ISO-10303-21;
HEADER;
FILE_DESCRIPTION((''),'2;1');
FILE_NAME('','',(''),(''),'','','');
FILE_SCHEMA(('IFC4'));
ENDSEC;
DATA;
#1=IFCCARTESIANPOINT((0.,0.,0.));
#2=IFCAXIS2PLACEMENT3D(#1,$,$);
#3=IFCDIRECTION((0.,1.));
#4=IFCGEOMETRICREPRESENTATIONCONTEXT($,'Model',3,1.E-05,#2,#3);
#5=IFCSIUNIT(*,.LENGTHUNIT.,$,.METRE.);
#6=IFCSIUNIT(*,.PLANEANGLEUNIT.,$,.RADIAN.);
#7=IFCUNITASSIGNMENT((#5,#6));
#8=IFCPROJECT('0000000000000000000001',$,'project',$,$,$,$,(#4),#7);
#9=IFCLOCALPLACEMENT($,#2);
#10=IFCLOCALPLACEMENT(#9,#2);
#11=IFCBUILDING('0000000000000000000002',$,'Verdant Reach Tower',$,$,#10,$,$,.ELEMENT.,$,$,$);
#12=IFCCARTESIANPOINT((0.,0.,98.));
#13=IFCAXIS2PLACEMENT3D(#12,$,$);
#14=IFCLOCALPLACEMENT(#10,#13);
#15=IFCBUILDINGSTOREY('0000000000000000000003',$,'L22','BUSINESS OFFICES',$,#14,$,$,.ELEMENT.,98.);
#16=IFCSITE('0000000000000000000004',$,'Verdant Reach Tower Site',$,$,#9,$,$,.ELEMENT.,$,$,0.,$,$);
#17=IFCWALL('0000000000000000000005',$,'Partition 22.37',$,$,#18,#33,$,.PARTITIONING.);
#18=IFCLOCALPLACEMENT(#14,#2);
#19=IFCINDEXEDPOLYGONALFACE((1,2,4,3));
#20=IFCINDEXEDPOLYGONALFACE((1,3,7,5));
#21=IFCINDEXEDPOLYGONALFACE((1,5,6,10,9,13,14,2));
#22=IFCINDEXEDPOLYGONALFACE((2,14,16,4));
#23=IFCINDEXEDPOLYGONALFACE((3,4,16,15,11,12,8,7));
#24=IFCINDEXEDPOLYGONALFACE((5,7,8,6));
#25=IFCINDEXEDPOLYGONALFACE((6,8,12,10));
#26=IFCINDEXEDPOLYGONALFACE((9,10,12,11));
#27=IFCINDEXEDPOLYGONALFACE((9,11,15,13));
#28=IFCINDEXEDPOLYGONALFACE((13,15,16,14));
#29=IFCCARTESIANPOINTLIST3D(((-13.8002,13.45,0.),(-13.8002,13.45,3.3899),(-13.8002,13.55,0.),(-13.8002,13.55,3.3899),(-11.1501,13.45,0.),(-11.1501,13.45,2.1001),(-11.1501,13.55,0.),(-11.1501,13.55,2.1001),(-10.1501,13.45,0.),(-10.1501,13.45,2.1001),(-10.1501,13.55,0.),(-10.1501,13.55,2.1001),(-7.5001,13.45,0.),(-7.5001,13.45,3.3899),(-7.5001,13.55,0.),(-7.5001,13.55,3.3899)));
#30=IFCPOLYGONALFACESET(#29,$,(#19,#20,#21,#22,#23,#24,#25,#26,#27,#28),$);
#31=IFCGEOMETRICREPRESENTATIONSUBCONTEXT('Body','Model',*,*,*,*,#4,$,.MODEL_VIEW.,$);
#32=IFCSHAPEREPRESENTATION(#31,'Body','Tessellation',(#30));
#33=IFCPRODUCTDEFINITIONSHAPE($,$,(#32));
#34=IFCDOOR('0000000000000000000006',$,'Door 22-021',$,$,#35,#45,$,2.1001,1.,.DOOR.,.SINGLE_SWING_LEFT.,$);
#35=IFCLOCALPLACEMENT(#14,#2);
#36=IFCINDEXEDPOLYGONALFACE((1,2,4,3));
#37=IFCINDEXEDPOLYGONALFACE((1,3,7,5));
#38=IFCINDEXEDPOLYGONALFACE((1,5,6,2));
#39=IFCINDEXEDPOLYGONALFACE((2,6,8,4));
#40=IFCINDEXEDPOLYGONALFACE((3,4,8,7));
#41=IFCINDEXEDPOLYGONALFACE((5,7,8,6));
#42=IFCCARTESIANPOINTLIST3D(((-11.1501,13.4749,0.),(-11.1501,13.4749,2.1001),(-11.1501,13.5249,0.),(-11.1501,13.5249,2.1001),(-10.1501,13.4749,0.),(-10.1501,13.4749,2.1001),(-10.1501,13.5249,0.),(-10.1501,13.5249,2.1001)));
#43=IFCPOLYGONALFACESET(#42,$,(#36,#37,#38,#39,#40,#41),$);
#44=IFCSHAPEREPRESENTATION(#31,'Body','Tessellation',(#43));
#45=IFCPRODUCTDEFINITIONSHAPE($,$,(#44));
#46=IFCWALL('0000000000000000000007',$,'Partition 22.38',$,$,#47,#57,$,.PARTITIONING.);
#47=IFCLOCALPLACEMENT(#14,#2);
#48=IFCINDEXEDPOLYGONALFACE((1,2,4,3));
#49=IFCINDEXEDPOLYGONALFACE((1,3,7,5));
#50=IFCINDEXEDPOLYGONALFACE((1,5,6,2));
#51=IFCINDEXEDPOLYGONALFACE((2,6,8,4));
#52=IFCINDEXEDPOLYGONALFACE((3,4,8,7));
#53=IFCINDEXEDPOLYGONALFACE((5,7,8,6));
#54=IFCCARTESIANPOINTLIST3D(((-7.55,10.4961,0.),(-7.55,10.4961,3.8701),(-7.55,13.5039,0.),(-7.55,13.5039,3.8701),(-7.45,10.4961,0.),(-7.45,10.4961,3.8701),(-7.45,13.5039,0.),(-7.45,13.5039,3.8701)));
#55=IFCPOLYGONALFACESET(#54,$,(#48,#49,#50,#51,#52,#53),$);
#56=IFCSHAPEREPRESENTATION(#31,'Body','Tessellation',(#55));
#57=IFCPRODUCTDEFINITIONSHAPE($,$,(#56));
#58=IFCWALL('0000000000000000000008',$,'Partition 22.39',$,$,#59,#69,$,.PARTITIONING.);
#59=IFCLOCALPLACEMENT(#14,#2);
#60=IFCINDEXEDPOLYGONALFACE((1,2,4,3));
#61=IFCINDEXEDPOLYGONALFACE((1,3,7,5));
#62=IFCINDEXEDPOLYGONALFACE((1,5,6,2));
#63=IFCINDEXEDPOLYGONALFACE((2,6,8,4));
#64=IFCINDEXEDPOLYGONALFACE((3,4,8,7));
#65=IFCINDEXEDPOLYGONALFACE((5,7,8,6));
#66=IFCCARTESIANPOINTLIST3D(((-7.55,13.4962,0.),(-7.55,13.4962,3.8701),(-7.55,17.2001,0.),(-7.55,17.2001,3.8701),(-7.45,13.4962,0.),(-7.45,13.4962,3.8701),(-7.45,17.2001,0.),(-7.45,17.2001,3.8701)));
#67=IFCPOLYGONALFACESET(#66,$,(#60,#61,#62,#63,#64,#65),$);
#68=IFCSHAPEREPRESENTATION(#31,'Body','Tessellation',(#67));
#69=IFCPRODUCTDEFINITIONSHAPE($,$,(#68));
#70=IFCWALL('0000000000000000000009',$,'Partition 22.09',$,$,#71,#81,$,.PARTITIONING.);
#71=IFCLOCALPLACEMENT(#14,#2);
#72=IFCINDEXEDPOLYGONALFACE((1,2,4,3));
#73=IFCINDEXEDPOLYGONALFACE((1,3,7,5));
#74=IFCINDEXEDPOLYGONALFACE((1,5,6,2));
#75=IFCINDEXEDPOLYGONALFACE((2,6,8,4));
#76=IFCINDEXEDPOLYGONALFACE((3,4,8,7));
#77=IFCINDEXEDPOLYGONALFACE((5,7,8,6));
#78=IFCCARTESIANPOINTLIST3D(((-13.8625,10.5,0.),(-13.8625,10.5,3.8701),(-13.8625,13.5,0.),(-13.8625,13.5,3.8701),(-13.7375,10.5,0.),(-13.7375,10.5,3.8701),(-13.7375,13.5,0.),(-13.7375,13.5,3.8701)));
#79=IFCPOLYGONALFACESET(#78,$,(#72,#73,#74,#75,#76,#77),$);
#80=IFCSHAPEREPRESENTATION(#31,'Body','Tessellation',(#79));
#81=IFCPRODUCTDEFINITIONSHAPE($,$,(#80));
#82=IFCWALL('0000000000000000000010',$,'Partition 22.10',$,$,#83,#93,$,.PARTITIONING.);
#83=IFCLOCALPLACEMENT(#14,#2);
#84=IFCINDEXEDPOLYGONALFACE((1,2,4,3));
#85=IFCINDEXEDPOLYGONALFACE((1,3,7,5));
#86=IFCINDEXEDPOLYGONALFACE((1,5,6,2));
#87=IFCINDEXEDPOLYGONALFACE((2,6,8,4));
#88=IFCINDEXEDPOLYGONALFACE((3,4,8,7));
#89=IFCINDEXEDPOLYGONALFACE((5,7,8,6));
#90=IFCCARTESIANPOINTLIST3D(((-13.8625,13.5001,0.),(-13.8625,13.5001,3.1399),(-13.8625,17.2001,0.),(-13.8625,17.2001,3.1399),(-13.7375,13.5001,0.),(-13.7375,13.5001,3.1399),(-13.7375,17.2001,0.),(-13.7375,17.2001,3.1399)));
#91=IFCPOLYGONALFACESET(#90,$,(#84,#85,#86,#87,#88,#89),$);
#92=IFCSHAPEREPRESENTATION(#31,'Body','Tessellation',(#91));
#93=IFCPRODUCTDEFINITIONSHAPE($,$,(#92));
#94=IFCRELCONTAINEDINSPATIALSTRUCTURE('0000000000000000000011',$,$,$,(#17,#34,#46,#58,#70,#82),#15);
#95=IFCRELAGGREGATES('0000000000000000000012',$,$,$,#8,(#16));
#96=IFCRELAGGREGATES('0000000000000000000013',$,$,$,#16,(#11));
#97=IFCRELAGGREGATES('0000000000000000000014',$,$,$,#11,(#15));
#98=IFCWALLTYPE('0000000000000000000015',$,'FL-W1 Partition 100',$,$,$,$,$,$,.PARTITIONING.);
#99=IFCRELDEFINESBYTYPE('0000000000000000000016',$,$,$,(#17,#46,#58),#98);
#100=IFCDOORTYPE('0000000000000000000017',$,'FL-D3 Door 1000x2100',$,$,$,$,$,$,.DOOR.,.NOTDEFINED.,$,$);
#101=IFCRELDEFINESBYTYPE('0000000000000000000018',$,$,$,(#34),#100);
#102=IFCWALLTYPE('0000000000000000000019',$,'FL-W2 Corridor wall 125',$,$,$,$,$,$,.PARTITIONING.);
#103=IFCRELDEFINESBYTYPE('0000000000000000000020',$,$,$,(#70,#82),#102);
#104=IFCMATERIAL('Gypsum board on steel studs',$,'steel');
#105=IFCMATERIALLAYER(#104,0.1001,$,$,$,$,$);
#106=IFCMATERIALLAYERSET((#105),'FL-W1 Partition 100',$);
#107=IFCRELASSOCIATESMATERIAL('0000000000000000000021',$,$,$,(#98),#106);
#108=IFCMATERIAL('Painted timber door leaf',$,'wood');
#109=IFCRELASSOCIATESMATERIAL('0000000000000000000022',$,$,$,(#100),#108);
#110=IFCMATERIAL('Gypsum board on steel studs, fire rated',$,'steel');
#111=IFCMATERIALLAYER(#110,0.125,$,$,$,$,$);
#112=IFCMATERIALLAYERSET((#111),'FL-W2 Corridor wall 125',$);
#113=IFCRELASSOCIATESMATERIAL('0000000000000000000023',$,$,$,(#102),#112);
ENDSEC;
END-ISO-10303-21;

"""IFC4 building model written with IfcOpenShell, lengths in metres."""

from ifc_helpers import new_model, si_unit, direction, frame, frame_2d, origin, place, context, subcontext, project, spatial, rectangle, extrude, material, layer, layer_set, type_object, element, fill, save


model = new_model("IFC4")

# Units and contexts
model_context = context("Model", 3, precision=1e-05, world=origin(), true_north=direction((0.0, 1.0)))
body_context = subcontext(model_context, "Body", "Model", "MODEL_VIEW")
ifc_project = project(units=[si_unit("LENGTHUNIT", "METRE"), si_unit("PLANEANGLEUNIT", "RADIAN")], contexts=[model_context])

# Site, building, storey
site_placement = place(None, origin())
site = spatial("IfcSite", under=ifc_project, at=site_placement, Name="Verdant Reach Tower Site", CompositionType="ELEMENT", RefElevation=0.0)
building_placement = place(site_placement, origin())
building = spatial("IfcBuilding", under=site, at=building_placement, Name="Verdant Reach Tower", CompositionType="ELEMENT")
storey_placement = place(building_placement, frame((0.0, 0.0, 98.0)))
storey = spatial("IfcBuildingStorey", under=building, at=storey_placement, Name="L22", Description="BUSINESS OFFICES", CompositionType="ELEMENT", Elevation=98.0)

# Wall, opening, door
ifc_material_1 = material(Name="Gypsum board on steel studs", Category="steel")
ifc_layer_1 = layer(ifc_material_1, 0.1001)
ifc_layer_set_1 = layer_set([ifc_layer_1], Name="FL-W1 Partition 100")
wall_type_1 = type_object("IfcWallType", Name="FL-W1 Partition 100", PredefinedType="PARTITIONING", material=ifc_layer_set_1)
ifc_material_2 = material(Name="Painted timber door leaf", Category="wood")
door_type = type_object("IfcDoorType", Name="FL-D3 Door 1000x2100", OperationType="NOTDEFINED", PredefinedType="DOOR", material=ifc_material_2)
wall_1_placement = place(storey_placement, frame((-13.8, 13.5, 0.0), z_axis=(0.0, 0.0, 1.0), x_axis=(1.0, 0.0, 0.0)))
wall_1 = element("IfcWall", 1, at=wall_1_placement, inside=storey, type_object=wall_type_1, Name="Partition 22.37", PredefinedType="PARTITIONING", context=body_context, shape_type="SweptSolid", body=[
    extrude(rectangle(XDim=6.3, YDim=0.1001, at=frame_2d((3.1499, 0.0))), origin(), (0.0, 0.0, 1.0), 3.3899),
])
opening_1_placement = place(wall_1_placement, frame((2.6499, 0.0, 0.0)))
opening_1 = element("IfcOpeningElement", 2, at=opening_1_placement, cuts=wall_1, PredefinedType="OPENING", context=body_context, shape_type="SweptSolid", body=[
    extrude(rectangle(XDim=1.0, YDim=2.1001, at=frame_2d((0.5, 1.05))), frame((0.0, 0.0601, 0.0), z_axis=(0.0, -1.0, 0.0), x_axis=(1.0, 0.0, 0.0)), (0.0, 0.0, 1.0), 0.1201),
])
door_1_placement = place(opening_1_placement, origin())
door_1 = element("IfcDoor", 3, at=door_1_placement, inside=storey, type_object=door_type, Name="Door 22-021", OperationType="SINGLE_SWING_LEFT", OverallHeight=2.1001, OverallWidth=1.0, PredefinedType="DOOR", context=body_context, shape_type="SweptSolid", body=[
    extrude(rectangle(XDim=1.0, YDim=2.1001, at=frame_2d((0.5, 1.05))), frame((0.0, 0.0249, 0.0), z_axis=(0.0, -1.0, 0.0), x_axis=(1.0, 0.0, 0.0)), (0.0, 0.0, 1.0), 0.05),
])
fill(opening_1, door_1)

# Walls
wall_2_placement = place(storey_placement, frame((-7.5, 10.4961, 0.0), z_axis=(0.0, 0.0, 1.0), x_axis=(0.0, 1.0, 0.0)))
element("IfcWall", 4, at=wall_2_placement, inside=storey, type_object=wall_type_1, Name="Partition 22.38", PredefinedType="PARTITIONING", context=body_context, shape_type="SweptSolid", body=[
    extrude(rectangle(XDim=3.0078, YDim=0.1001, at=frame_2d((1.5039, 0.0))), origin(), (0.0, 0.0, 1.0), 3.8701),
])
wall_3_placement = place(storey_placement, frame((-7.5, 13.4961, 0.0), z_axis=(0.0, 0.0, 1.0), x_axis=(0.0, 1.0, 0.0)))
element("IfcWall", 5, at=wall_3_placement, inside=storey, type_object=wall_type_1, Name="Partition 22.39", PredefinedType="PARTITIONING", context=body_context, shape_type="SweptSolid", body=[
    extrude(rectangle(XDim=3.7039, YDim=0.1001, at=frame_2d((1.8521, 0.0))), origin(), (0.0, 0.0, 1.0), 3.8701),
])
ifc_material_3 = material(Name="Gypsum board on steel studs, fire rated", Category="steel")
ifc_layer_2 = layer(ifc_material_3, 0.125)
ifc_layer_set_2 = layer_set([ifc_layer_2], Name="FL-W2 Corridor wall 125")
wall_type_2 = type_object("IfcWallType", Name="FL-W2 Corridor wall 125", PredefinedType="PARTITIONING", material=ifc_layer_set_2)
wall_4_placement = place(storey_placement, frame((-13.8, 10.5, 0.0), z_axis=(0.0, 0.0, 1.0), x_axis=(0.0, 1.0, 0.0)))
element("IfcWall", 6, at=wall_4_placement, inside=storey, type_object=wall_type_2, Name="Partition 22.09", PredefinedType="PARTITIONING", context=body_context, shape_type="SweptSolid", body=[
    extrude(rectangle(XDim=3.0, YDim=0.125, at=frame_2d((1.5, 0.0))), origin(), (0.0, 0.0, 1.0), 3.8701),
])
wall_5_placement = place(storey_placement, frame((-13.8, 13.5, 0.0), z_axis=(0.0, 0.0, 1.0), x_axis=(0.0, 1.0, 0.0)))
element("IfcWall", 7, at=wall_5_placement, inside=storey, type_object=wall_type_2, Name="Partition 22.10", PredefinedType="PARTITIONING", context=body_context, shape_type="SweptSolid", body=[
    extrude(rectangle(XDim=3.7, YDim=0.125, at=frame_2d((1.8501, 0.0))), origin(), (0.0, 0.0, 1.0), 3.1399),
])

save(model, "model.ifc")
